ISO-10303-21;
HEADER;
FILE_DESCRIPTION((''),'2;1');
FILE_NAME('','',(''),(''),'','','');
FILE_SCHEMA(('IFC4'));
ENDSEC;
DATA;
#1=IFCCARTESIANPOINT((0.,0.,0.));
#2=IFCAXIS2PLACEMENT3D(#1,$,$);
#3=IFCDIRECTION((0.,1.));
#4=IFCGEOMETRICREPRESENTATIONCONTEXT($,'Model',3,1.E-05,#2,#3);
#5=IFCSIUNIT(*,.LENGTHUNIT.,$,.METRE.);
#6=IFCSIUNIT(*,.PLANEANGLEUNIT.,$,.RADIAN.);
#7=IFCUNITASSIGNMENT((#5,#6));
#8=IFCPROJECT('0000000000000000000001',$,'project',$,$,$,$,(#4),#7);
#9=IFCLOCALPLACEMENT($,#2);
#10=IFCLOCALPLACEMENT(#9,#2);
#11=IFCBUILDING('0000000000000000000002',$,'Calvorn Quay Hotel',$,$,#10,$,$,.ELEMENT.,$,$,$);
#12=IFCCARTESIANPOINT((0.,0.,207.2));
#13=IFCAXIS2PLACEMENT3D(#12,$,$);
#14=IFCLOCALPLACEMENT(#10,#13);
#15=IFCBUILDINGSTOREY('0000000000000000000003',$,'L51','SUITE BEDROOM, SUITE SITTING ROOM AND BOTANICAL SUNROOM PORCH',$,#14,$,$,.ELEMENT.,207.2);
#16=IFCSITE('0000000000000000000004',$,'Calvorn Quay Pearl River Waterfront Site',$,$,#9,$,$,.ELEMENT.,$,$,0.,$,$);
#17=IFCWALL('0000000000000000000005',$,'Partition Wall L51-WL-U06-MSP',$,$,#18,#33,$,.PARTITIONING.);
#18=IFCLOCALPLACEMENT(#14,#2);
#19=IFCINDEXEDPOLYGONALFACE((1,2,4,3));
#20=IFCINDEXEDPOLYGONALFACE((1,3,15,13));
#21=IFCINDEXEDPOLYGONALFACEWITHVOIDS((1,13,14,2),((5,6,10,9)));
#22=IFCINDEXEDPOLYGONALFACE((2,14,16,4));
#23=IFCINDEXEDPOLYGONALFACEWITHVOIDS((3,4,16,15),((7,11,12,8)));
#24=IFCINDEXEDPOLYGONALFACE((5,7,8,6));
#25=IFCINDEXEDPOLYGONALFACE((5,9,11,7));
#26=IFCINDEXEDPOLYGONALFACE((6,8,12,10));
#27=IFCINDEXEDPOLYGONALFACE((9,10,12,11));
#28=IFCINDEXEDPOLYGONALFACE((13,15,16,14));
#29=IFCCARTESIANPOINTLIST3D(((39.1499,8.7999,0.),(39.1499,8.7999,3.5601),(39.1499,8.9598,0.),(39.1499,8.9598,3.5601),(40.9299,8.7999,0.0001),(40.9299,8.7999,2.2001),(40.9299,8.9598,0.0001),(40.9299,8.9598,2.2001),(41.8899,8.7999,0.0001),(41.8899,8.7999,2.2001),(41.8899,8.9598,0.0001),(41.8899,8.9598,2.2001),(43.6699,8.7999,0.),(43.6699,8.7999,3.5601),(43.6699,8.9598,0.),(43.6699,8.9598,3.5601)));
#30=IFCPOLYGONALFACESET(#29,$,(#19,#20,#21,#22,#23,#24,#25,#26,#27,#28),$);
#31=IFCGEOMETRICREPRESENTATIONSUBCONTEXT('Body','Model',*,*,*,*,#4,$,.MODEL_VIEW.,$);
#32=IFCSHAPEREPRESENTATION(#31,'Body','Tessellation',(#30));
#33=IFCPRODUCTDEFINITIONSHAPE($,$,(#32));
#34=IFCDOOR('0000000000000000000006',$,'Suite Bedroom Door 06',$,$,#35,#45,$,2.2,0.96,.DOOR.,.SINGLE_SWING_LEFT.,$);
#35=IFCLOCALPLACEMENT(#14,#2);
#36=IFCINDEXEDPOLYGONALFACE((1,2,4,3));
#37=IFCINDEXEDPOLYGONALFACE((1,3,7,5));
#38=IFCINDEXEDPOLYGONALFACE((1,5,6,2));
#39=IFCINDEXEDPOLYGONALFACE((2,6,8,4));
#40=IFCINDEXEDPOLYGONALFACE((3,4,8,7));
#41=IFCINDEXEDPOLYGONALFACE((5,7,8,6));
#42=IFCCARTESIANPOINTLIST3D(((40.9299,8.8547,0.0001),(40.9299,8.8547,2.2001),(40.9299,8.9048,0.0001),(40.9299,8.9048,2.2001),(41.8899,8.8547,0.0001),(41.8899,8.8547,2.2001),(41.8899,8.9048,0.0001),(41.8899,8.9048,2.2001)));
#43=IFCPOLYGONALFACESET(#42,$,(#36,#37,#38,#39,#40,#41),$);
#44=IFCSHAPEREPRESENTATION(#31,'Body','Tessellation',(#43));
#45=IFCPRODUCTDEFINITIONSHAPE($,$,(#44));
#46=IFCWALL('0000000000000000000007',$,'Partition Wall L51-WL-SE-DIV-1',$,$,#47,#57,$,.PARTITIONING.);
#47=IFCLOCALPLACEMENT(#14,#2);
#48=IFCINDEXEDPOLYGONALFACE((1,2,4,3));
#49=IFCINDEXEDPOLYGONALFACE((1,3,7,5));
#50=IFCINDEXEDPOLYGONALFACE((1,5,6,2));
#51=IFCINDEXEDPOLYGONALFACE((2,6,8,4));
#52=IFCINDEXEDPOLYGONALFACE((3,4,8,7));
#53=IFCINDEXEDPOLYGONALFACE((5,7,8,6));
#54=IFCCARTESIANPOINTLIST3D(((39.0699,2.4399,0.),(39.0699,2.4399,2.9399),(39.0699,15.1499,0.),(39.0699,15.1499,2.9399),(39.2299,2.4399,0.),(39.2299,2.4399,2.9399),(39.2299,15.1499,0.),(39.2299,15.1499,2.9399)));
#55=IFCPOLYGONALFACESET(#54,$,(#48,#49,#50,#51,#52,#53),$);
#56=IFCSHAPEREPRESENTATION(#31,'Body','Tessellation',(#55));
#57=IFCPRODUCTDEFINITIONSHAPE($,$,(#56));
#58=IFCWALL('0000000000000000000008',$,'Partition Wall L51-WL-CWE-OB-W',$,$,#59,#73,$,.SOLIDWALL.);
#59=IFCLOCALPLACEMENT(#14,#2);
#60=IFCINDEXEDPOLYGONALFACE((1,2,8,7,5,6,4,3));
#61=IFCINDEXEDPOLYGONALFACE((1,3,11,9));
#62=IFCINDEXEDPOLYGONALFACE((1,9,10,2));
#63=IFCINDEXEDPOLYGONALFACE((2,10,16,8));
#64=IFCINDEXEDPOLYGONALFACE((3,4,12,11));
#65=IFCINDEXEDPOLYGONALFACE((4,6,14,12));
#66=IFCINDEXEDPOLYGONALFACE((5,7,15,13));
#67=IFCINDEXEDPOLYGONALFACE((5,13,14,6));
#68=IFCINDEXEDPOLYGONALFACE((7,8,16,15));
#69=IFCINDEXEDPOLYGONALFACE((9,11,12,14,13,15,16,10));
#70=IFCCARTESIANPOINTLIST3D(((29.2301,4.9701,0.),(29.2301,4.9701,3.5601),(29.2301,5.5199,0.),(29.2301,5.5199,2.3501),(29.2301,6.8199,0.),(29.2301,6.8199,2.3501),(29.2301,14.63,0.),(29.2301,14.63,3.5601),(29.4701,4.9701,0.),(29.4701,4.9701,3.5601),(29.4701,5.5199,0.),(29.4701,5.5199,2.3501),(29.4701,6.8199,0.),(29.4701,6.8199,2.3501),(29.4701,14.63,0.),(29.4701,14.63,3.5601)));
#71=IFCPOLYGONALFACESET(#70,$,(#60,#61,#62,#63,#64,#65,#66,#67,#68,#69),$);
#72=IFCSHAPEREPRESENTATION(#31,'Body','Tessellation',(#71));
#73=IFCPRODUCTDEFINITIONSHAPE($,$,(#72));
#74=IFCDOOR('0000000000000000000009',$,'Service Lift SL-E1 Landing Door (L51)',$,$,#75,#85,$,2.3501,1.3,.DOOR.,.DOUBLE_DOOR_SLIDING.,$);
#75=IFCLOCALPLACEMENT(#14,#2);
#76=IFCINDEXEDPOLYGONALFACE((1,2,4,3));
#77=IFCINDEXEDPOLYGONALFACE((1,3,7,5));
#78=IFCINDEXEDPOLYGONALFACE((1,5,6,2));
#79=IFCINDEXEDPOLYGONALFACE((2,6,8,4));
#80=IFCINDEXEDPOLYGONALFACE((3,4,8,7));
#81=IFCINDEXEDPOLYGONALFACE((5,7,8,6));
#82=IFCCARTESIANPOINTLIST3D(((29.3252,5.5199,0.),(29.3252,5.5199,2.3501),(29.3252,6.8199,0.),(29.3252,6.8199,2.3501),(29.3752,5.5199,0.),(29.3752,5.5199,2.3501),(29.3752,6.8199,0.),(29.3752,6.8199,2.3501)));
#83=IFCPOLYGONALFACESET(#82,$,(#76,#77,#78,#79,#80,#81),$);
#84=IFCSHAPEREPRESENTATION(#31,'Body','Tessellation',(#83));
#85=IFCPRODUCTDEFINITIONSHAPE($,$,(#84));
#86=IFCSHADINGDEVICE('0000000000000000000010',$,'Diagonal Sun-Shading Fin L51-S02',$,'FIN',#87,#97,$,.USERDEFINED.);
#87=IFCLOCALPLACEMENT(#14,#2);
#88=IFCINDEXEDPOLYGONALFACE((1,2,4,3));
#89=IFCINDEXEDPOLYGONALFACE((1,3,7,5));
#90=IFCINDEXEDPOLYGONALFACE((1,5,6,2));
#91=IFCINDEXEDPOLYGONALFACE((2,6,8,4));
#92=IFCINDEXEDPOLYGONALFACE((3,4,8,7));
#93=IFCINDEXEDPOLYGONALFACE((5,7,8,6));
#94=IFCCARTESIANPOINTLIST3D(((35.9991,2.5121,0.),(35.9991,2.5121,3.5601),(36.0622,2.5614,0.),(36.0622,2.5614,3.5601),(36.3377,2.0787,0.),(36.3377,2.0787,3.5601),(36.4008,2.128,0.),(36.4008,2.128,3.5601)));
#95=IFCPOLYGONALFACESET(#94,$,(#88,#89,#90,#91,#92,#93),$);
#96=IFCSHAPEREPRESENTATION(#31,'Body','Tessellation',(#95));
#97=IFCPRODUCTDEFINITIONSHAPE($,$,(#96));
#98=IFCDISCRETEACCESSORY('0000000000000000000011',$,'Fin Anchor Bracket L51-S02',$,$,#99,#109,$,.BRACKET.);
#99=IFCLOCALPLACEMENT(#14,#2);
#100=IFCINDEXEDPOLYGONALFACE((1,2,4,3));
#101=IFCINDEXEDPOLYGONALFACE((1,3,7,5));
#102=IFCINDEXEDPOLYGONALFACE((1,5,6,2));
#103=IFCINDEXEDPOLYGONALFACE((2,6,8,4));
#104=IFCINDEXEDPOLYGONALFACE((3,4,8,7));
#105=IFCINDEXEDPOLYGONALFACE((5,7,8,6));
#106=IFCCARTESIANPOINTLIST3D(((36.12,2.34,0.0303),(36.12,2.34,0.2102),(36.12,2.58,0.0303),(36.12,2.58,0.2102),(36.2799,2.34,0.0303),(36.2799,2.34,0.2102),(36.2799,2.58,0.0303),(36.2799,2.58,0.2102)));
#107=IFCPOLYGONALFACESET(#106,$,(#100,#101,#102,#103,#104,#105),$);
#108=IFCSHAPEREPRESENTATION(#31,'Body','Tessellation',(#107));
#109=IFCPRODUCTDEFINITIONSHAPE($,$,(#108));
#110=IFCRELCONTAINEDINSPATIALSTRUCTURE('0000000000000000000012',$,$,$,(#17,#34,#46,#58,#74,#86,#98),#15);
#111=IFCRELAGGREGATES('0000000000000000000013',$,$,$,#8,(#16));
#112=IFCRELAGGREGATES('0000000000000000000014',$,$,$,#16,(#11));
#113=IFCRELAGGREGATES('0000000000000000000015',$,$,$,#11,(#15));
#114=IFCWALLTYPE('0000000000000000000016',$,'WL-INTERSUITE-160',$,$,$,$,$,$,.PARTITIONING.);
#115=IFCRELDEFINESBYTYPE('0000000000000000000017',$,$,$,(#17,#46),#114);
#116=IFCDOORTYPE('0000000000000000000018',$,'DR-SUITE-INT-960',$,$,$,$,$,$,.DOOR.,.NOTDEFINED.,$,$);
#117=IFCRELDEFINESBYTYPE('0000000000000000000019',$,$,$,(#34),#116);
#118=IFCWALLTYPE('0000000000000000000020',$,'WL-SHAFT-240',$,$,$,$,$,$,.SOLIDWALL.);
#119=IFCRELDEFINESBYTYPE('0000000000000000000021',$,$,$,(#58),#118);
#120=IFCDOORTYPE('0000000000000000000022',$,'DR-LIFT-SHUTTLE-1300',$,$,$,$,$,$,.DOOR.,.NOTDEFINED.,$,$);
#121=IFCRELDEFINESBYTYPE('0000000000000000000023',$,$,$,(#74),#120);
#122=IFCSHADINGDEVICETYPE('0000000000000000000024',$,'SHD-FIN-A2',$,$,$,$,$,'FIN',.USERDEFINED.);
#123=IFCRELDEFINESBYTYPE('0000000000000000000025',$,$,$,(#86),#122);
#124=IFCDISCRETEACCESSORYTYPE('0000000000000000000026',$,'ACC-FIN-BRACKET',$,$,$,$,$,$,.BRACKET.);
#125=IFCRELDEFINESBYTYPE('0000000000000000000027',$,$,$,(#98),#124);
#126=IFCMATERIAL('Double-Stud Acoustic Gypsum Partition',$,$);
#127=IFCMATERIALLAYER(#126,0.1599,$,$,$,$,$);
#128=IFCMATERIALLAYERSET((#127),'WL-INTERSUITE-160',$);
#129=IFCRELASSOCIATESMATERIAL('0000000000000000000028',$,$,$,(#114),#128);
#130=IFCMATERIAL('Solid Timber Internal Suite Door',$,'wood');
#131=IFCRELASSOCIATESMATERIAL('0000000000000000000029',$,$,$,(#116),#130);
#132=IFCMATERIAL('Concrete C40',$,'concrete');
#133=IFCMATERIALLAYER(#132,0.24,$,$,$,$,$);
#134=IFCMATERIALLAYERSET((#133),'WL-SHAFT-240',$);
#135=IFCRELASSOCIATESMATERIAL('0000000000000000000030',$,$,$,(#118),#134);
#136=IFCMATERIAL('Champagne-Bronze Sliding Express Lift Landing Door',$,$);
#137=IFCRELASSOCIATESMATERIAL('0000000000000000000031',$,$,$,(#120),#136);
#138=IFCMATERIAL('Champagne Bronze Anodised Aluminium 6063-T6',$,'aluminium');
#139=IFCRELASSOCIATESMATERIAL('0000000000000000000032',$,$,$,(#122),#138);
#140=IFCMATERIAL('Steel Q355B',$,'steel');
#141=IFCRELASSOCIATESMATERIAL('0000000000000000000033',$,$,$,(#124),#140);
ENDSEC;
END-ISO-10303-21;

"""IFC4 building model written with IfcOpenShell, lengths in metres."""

from ifc_helpers import new_model, si_unit, direction, frame, frame_2d, origin, origin_2d, place, context, subcontext, project, spatial, rectangle, extrude, material, layer, layer_set, type_object, element, fill, save


model = new_model("IFC4")

# Units and contexts
model_context = context("Model", 3, precision=1e-05, world=origin(), true_north=direction((0.0, 1.0)))
body_context = subcontext(model_context, "Body", "Model", "MODEL_VIEW")
ifc_project = project(units=[si_unit("LENGTHUNIT", "METRE"), si_unit("PLANEANGLEUNIT", "RADIAN")], contexts=[model_context])

# Site, building, storey
site_placement = place(None, origin())
site = spatial("IfcSite", under=ifc_project, at=site_placement, Name="Calvorn Quay Pearl River Waterfront Site", CompositionType="ELEMENT", RefElevation=0.0)
building_placement = place(site_placement, origin())
building = spatial("IfcBuilding", under=site, at=building_placement, Name="Calvorn Quay Hotel", CompositionType="ELEMENT")
storey_placement = place(building_placement, frame((0.0, 0.0, 207.2)))
storey = spatial("IfcBuildingStorey", under=building, at=storey_placement, Name="L51", Description="SUITE BEDROOM, SUITE SITTING ROOM AND BOTANICAL SUNROOM PORCH", CompositionType="ELEMENT", Elevation=207.2)

# Wall, opening, door
ifc_material_1 = material(Name="Double-Stud Acoustic Gypsum Partition")
ifc_layer_1 = layer(ifc_material_1, 0.1599)
ifc_layer_set_1 = layer_set([ifc_layer_1], Name="WL-INTERSUITE-160")
wall_type_1 = type_object("IfcWallType", Name="WL-INTERSUITE-160", PredefinedType="PARTITIONING", material=ifc_layer_set_1)
wall_1_placement = place(storey_placement, frame((39.1499, 8.8799, 0.0), z_axis=(0.0, 0.0, 1.0), x_axis=(1.0, 0.0, 0.0)))
wall_1 = element("IfcWall", 1, at=wall_1_placement, inside=storey, type_object=wall_type_1, Name="Partition Wall L51-WL-U06-MSP", PredefinedType="PARTITIONING", context=body_context, shape_type="SweptSolid", body=[
    extrude(rectangle(XDim=4.52, YDim=0.1599, at=frame_2d((2.26, 0.0))), origin(), (0.0, 0.0, 1.0), 3.5601),
])
opening_1_placement = place(wall_1_placement, frame((1.78, 0.0, 0.0)))
opening_1 = element("IfcOpeningElement", 2, at=opening_1_placement, cuts=wall_1, PredefinedType="OPENING", context=body_context, shape_type="SweptSolid", body=[
    extrude(rectangle(XDim=0.96, YDim=2.2, at=frame_2d((0.48, 1.1001))), frame((0.0, 0.0898, 0.0), z_axis=(0.0, -1.0, 0.0), x_axis=(1.0, 0.0, 0.0)), (0.0, 0.0, 1.0), 0.1799),
])
ifc_material_2 = material(Name="Solid Timber Internal Suite Door", Category="wood")
door_type_1 = type_object("IfcDoorType", Name="DR-SUITE-INT-960", OperationType="NOTDEFINED", PredefinedType="DOOR", material=ifc_material_2)
door_1_placement = place(opening_1_placement, origin())
door_1 = element("IfcDoor", 3, at=door_1_placement, inside=storey, type_object=door_type_1, Name="Suite Bedroom Door 06", OperationType="SINGLE_SWING_LEFT", OverallHeight=2.2, OverallWidth=0.96, PredefinedType="DOOR", context=body_context, shape_type="SweptSolid", body=[
    extrude(rectangle(XDim=0.96, YDim=2.2, at=frame_2d((0.48, 1.1001))), frame((0.0, 0.0249, 0.0), z_axis=(0.0, -1.0, 0.0), x_axis=(1.0, 0.0, 0.0)), (0.0, 0.0, 1.0), 0.05),
])
fill(opening_1, door_1)

# Wall
wall_2_placement = place(storey_placement, frame((39.1499, 2.4399, 0.0), z_axis=(0.0, 0.0, 1.0), x_axis=(0.0, 1.0, 0.0)))
element("IfcWall", 4, at=wall_2_placement, inside=storey, type_object=wall_type_1, Name="Partition Wall L51-WL-SE-DIV-1", PredefinedType="PARTITIONING", context=body_context, shape_type="SweptSolid", body=[
    extrude(rectangle(XDim=12.71, YDim=0.1599, at=frame_2d((6.355, 0.0))), origin(), (0.0, 0.0, 1.0), 2.9399),
])

# Wall, opening, door
ifc_material_3 = material(Name="Concrete C40", Category="concrete")
ifc_layer_2 = layer(ifc_material_3, 0.24)
ifc_layer_set_2 = layer_set([ifc_layer_2], Name="WL-SHAFT-240")
wall_type_2 = type_object("IfcWallType", Name="WL-SHAFT-240", PredefinedType="SOLIDWALL", material=ifc_layer_set_2)
wall_3_placement = place(storey_placement, frame((29.3501, 4.97, 0.0), z_axis=(0.0, 0.0, 1.0), x_axis=(0.0, 1.0, 0.0)))
wall_3 = element("IfcWall", 5, at=wall_3_placement, inside=storey, type_object=wall_type_2, Name="Partition Wall L51-WL-CWE-OB-W", PredefinedType="SOLIDWALL", context=body_context, shape_type="SweptSolid", body=[
    extrude(rectangle(XDim=9.6599, YDim=0.24, at=frame_2d((4.8301, 0.0))), origin(), (0.0, 0.0, 1.0), 3.5601),
])
opening_2_placement = place(wall_3_placement, frame((0.55, 0.0, 0.0)))
opening_2 = element("IfcOpeningElement", 6, at=opening_2_placement, cuts=wall_3, PredefinedType="OPENING", context=body_context, shape_type="SweptSolid", body=[
    extrude(rectangle(XDim=1.3, YDim=2.3501, at=frame_2d((0.6499, 1.175))), frame((0.0, 0.1299, 0.0), z_axis=(0.0, -1.0, 0.0), x_axis=(1.0, 0.0, 0.0)), (0.0, 0.0, 1.0), 0.26),
])
ifc_material_4 = material(Name="Champagne-Bronze Sliding Express Lift Landing Door")
door_type_2 = type_object("IfcDoorType", Name="DR-LIFT-SHUTTLE-1300", OperationType="NOTDEFINED", PredefinedType="DOOR", material=ifc_material_4)
door_2_placement = place(opening_2_placement, origin())
door_2 = element("IfcDoor", 7, at=door_2_placement, inside=storey, type_object=door_type_2, Name="Service Lift SL-E1 Landing Door (L51)", OperationType="DOUBLE_DOOR_SLIDING", OverallHeight=2.3501, OverallWidth=1.3, PredefinedType="DOOR", context=body_context, shape_type="SweptSolid", body=[
    extrude(rectangle(XDim=1.3, YDim=2.3501, at=frame_2d((0.6499, 1.175))), frame((0.0, 0.0249, 0.0), z_axis=(0.0, -1.0, 0.0), x_axis=(1.0, 0.0, 0.0)), (0.0, 0.0, 1.0), 0.05),
])
fill(opening_2, door_2)

# Shading device
ifc_material_5 = material(Name="Champagne Bronze Anodised Aluminium 6063-T6", Category="aluminium")
shading_device_type = type_object("IfcShadingDeviceType", Name="SHD-FIN-A2", ElementType="FIN", PredefinedType="USERDEFINED", material=ifc_material_5)
shading_device_placement = place(storey_placement, frame((36.2, 2.3201, 0.0), z_axis=(0.0, 0.0, 1.0), x_axis=(-0.615661, 0.788011, 0.0)))
element("IfcShadingDevice", 8, at=shading_device_placement, inside=storey, type_object=shading_device_type, Name="Diagonal Sun-Shading Fin L51-S02", ObjectType="FIN", PredefinedType="USERDEFINED", context=body_context, shape_type="SweptSolid", body=[
    extrude(rectangle(XDim=0.55, YDim=0.0801, at=origin_2d()), origin(), (0.0, 0.0, 1.0), 3.5601),
])

# Discrete accessory
ifc_material_6 = material(Name="Steel Q355B", Category="steel")
discrete_accessory_type = type_object("IfcDiscreteAccessoryType", Name="ACC-FIN-BRACKET", PredefinedType="BRACKET", material=ifc_material_6)
discrete_accessory_placement = place(storey_placement, frame((36.2, 2.46, 0.0303), z_axis=(0.0, 0.0, 1.0), x_axis=(0.0, 1.0, 0.0)))
element("IfcDiscreteAccessory", 9, at=discrete_accessory_placement, inside=storey, type_object=discrete_accessory_type, Name="Fin Anchor Bracket L51-S02", PredefinedType="BRACKET", context=body_context, shape_type="SweptSolid", body=[
    extrude(rectangle(XDim=0.24, YDim=0.1599, at=origin_2d()), origin(), (0.0, 0.0, 1.0), 0.1799),
])

save(model, "model.ifc")
